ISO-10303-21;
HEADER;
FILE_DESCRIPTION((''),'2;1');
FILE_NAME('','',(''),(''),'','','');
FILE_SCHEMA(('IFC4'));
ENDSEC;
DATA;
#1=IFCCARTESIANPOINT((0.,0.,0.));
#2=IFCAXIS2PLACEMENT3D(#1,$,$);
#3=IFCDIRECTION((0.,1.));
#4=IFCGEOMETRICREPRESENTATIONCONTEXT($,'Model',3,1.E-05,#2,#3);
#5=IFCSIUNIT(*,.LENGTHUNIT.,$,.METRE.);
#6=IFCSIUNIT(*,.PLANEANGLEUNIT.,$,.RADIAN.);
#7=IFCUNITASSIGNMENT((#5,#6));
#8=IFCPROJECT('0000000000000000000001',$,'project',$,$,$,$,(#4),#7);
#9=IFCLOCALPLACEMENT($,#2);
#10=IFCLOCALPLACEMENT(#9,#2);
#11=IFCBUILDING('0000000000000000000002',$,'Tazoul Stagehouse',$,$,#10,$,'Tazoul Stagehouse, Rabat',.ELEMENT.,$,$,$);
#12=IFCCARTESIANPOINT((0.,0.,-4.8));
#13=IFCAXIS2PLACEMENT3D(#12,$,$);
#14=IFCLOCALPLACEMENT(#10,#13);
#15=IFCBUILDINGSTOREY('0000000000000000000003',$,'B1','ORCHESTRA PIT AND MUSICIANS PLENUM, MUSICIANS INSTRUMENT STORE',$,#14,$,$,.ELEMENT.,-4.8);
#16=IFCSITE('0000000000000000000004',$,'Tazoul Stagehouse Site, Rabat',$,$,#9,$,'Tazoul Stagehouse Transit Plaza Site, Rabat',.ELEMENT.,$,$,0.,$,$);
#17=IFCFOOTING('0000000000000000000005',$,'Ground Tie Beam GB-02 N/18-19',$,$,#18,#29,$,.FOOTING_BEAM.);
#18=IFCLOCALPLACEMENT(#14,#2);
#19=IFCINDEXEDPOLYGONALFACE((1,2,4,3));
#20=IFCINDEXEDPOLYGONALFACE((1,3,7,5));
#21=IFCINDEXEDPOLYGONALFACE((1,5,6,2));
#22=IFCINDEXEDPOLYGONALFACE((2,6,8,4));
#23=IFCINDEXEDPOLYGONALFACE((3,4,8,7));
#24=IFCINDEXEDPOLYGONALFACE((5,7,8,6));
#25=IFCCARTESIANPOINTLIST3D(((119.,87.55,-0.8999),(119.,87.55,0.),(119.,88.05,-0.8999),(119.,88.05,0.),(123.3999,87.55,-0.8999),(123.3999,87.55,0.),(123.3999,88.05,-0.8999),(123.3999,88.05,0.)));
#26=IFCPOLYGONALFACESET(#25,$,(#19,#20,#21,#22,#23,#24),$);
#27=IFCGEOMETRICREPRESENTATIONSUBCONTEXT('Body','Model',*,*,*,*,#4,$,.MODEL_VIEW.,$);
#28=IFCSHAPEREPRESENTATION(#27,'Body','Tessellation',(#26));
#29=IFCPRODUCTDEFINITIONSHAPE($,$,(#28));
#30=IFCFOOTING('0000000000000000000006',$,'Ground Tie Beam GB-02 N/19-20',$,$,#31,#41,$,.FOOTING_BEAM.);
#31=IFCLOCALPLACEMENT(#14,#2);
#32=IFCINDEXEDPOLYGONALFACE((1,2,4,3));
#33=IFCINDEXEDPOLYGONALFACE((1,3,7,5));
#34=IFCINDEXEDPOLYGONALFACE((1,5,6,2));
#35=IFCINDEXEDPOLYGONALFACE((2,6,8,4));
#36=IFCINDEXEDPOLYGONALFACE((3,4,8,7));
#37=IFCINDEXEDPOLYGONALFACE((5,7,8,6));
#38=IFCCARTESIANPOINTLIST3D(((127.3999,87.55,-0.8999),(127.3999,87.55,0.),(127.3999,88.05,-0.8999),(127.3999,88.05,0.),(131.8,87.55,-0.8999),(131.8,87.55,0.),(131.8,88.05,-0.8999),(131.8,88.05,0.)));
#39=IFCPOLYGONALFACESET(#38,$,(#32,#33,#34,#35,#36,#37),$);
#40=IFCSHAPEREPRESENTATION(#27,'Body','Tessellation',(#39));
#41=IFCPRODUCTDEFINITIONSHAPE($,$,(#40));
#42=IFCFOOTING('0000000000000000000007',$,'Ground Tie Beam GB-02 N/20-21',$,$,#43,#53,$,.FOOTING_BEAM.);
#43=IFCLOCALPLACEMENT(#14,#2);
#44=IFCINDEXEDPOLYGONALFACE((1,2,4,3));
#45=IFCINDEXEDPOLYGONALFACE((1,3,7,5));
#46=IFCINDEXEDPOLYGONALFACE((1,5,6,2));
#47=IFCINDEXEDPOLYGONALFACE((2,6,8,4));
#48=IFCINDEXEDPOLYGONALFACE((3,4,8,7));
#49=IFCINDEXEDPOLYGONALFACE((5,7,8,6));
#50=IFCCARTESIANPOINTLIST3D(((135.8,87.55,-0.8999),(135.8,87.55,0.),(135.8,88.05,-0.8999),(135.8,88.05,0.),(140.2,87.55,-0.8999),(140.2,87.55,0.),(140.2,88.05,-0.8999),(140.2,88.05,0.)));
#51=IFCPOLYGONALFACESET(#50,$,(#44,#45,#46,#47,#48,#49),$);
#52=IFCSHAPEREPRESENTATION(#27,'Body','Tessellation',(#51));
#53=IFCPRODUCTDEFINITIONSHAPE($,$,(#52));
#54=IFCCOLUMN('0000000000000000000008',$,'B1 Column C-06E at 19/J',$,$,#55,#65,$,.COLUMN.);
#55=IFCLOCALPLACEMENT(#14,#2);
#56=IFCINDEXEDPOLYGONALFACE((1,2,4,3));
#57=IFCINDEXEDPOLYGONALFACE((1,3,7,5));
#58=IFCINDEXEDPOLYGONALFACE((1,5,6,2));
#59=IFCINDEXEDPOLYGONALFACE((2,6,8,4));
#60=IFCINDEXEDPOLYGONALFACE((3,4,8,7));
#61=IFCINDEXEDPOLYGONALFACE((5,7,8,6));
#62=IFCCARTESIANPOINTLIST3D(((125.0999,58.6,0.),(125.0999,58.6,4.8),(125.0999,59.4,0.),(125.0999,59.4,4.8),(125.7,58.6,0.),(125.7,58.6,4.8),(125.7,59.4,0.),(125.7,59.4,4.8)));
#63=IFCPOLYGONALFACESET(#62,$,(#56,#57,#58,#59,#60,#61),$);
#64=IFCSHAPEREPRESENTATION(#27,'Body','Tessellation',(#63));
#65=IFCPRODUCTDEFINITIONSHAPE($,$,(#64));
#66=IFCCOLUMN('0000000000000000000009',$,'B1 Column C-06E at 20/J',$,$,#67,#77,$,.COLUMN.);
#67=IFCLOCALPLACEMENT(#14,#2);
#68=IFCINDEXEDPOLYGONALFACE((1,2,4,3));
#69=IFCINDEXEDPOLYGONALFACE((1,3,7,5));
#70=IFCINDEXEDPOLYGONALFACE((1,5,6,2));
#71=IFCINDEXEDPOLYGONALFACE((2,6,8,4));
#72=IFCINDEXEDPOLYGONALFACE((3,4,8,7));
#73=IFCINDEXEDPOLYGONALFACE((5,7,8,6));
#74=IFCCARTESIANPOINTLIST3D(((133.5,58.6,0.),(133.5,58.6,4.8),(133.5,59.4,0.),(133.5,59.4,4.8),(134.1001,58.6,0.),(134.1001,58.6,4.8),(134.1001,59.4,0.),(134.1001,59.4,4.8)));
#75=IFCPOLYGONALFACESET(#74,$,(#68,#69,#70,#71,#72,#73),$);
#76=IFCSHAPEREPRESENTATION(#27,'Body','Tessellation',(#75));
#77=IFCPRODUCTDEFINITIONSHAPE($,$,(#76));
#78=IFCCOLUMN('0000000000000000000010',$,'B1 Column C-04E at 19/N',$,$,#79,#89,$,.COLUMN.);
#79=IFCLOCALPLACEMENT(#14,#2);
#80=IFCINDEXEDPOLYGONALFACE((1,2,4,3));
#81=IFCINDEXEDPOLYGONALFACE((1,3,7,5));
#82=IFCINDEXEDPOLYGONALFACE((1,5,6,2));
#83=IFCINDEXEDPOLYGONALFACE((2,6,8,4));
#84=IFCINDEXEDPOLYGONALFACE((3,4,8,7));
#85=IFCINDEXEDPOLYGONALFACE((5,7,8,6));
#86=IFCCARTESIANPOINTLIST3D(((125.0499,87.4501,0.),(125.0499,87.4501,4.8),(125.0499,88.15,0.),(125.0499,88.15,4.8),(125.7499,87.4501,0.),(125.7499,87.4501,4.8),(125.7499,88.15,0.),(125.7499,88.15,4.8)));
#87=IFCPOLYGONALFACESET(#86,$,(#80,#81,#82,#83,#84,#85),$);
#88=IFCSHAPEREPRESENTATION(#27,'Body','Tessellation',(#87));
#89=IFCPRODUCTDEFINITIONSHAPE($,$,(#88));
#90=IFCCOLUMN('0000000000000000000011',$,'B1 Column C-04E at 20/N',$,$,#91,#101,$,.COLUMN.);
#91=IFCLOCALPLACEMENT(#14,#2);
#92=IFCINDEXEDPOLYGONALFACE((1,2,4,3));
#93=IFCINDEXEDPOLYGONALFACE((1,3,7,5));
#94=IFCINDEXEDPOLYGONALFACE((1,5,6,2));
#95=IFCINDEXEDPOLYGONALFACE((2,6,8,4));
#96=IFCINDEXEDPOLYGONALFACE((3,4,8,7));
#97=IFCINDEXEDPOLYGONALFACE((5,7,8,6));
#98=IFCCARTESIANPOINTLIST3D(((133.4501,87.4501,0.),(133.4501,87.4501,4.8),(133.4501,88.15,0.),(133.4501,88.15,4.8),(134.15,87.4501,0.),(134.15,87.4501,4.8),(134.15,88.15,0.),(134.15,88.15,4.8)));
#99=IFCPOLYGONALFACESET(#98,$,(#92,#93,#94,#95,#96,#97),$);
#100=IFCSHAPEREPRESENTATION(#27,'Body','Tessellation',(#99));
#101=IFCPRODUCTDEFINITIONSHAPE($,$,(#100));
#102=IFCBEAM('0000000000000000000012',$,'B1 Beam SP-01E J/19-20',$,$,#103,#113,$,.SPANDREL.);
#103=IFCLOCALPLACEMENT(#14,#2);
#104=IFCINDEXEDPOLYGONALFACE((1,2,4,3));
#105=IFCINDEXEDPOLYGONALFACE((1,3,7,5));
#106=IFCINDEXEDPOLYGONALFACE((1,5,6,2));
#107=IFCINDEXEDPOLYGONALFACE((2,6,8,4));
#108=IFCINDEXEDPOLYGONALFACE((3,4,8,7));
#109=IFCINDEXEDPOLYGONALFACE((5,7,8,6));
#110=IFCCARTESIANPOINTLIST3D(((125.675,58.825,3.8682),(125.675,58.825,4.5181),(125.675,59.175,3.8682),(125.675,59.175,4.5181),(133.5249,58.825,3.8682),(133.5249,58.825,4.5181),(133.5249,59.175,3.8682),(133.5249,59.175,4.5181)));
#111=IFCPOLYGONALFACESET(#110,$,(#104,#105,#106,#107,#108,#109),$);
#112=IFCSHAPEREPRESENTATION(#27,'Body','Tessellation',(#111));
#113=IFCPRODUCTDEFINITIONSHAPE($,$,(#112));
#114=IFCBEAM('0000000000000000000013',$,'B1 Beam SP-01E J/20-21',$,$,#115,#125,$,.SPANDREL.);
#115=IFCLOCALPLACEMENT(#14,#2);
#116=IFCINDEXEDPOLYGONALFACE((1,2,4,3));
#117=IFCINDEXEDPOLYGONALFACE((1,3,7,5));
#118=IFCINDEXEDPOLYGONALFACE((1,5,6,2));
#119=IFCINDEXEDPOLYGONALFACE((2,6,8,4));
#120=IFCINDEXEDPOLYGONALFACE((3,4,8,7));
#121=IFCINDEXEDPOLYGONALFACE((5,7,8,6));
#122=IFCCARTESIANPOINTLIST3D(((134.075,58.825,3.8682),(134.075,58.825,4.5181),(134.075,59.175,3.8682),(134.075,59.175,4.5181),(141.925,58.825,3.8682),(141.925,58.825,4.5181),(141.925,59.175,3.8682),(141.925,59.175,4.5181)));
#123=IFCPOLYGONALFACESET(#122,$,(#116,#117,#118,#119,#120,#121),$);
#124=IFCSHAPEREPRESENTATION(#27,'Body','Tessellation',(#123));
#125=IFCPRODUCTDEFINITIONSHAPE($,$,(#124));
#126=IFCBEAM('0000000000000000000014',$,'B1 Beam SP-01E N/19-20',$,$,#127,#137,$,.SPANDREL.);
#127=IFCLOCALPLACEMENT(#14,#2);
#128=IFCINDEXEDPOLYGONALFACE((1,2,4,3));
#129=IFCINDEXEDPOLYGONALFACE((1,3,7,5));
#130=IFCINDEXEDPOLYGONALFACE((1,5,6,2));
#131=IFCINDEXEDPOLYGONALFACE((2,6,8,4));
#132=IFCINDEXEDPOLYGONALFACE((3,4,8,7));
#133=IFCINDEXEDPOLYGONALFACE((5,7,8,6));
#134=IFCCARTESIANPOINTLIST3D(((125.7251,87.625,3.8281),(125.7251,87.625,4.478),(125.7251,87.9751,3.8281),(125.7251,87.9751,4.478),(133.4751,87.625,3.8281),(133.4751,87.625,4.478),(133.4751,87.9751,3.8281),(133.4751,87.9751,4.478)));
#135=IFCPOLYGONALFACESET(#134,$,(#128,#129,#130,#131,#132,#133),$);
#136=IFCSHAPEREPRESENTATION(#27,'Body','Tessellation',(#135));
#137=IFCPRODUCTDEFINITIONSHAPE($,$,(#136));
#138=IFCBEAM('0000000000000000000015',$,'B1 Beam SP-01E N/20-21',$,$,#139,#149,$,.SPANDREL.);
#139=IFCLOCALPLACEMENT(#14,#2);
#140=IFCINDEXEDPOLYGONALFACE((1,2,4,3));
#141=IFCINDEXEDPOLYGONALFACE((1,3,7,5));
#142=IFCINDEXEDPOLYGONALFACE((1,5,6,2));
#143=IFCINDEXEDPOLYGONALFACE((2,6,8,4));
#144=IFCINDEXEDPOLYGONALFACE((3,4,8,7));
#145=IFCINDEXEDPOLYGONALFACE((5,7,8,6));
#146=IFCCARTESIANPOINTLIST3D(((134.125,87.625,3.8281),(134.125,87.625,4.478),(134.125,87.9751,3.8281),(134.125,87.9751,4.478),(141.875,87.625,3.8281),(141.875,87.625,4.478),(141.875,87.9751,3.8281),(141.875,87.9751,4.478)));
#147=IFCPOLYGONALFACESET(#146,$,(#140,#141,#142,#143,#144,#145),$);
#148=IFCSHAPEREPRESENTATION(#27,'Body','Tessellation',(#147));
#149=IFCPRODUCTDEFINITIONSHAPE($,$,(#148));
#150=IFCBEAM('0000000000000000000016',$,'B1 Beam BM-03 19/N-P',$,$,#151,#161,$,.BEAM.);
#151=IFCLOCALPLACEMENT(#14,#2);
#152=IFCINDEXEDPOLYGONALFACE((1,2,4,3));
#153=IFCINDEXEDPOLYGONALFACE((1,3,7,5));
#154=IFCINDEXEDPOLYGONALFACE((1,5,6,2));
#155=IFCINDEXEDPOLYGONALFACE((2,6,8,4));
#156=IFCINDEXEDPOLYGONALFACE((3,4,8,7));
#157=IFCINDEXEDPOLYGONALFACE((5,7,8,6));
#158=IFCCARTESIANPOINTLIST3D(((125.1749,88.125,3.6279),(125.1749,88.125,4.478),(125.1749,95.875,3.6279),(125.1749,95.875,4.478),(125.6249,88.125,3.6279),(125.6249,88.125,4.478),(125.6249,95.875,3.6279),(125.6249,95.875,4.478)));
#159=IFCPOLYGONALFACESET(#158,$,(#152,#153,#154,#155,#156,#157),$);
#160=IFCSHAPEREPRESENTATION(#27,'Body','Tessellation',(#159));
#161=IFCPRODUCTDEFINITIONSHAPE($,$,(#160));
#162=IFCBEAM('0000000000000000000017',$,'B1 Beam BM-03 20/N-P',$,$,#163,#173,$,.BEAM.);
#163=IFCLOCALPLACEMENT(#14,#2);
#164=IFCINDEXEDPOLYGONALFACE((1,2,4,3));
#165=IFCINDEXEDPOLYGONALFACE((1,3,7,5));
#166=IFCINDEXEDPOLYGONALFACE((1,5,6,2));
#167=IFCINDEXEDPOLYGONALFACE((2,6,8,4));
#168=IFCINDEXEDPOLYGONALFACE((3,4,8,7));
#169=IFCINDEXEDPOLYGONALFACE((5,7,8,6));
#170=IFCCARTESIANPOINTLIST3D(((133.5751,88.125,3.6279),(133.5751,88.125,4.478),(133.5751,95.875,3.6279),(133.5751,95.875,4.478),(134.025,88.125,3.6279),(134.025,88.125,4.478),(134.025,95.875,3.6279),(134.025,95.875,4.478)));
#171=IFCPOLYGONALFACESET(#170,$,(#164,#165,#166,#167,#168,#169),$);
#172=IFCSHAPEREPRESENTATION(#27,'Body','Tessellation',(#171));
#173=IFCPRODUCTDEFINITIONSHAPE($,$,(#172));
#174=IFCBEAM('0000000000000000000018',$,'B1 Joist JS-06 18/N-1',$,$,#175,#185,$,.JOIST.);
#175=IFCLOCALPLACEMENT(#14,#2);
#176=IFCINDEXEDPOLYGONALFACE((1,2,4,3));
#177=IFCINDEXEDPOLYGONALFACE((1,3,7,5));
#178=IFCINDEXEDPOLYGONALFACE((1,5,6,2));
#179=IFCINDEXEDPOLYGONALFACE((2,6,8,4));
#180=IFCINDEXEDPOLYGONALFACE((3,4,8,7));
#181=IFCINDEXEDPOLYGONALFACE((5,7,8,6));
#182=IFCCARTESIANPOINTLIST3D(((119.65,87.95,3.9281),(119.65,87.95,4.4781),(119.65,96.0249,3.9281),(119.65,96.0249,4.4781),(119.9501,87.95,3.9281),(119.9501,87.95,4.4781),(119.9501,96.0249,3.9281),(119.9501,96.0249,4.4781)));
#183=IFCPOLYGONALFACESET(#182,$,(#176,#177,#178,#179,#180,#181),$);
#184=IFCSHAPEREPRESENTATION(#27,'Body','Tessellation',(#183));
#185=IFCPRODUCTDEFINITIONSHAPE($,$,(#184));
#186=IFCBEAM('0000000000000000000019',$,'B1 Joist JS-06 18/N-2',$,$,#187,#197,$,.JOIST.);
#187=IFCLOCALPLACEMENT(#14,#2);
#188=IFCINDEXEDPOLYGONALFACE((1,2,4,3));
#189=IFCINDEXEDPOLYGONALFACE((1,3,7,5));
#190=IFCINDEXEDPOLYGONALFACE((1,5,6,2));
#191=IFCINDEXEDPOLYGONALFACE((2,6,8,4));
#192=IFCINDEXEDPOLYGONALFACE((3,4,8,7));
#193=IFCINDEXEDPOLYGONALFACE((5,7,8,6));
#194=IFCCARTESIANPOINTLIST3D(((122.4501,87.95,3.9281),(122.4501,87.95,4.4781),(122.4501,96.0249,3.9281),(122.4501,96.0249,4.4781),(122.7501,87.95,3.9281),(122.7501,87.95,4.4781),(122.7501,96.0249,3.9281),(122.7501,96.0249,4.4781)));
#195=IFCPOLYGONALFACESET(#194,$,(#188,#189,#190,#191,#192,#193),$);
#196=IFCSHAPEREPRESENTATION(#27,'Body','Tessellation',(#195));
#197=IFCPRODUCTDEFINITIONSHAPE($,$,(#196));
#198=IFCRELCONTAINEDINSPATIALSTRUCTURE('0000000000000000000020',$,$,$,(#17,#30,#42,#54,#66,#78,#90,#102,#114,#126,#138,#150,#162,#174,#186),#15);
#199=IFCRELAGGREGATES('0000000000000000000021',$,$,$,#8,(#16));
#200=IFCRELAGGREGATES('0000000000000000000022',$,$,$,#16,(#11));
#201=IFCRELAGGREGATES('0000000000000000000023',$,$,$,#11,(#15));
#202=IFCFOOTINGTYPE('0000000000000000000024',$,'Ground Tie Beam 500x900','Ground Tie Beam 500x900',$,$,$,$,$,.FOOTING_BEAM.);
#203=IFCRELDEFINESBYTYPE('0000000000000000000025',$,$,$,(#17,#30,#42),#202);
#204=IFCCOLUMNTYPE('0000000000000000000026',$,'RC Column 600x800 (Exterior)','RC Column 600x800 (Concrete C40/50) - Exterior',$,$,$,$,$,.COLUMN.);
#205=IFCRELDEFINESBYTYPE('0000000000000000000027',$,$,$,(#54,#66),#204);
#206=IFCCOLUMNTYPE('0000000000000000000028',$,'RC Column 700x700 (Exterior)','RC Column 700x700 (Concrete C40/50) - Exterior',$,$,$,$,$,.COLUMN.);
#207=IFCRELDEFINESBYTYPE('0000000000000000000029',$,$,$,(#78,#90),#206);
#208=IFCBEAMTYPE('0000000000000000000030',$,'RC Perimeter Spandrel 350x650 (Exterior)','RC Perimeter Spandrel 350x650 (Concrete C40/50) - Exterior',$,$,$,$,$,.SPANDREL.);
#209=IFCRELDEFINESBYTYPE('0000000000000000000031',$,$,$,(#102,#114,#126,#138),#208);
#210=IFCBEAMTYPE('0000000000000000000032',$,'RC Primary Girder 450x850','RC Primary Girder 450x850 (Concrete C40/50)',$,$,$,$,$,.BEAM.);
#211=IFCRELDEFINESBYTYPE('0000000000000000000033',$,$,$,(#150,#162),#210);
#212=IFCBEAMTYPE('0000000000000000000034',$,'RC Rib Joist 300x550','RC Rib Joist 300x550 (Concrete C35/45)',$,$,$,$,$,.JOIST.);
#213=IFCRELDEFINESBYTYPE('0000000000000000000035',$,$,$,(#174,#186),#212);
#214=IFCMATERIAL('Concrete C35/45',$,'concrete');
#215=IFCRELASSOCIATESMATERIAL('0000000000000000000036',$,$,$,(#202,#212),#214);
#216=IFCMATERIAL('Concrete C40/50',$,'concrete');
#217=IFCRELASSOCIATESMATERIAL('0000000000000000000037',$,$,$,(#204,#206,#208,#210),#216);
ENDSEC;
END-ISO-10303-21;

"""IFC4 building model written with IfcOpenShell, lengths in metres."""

from ifc_helpers import new_model, si_unit, direction, frame, origin, origin_2d, place, context, subcontext, project, spatial, rectangle, extrude, material, material_profile, profile_set, type_object, element, save


model = new_model("IFC4")

# Units and contexts
model_context = context("Model", 3, precision=1e-05, world=origin(), true_north=direction((0.0, 1.0)))
body_context = subcontext(model_context, "Body", "Model", "MODEL_VIEW")
ifc_project = project(units=[si_unit("LENGTHUNIT", "METRE"), si_unit("PLANEANGLEUNIT", "RADIAN")], contexts=[model_context])

# Site, building, storey
site_placement = place(None, origin())
site = spatial("IfcSite", under=ifc_project, at=site_placement, Name="Tazoul Stagehouse Site, Rabat", LongName="Tazoul Stagehouse Transit Plaza Site, Rabat", CompositionType="ELEMENT", RefElevation=0.0)
building_placement = place(site_placement, origin())
building = spatial("IfcBuilding", under=site, at=building_placement, Name="Tazoul Stagehouse", LongName="Tazoul Stagehouse, Rabat", CompositionType="ELEMENT")
storey_placement = place(building_placement, frame((0.0, 0.0, -4.8)))
storey = spatial("IfcBuildingStorey", under=building, at=storey_placement, Name="B1", Description="ORCHESTRA PIT AND MUSICIANS PLENUM, MUSICIANS INSTRUMENT STORE", CompositionType="ELEMENT", Elevation=-4.8)

# Shared definitions
ifc_material_1 = material(Name="Concrete C35/45", Category="concrete")

# Footings
ifc_material_profile_1 = material_profile(ifc_material_1, rectangle(XDim=0.5, YDim=0.8999, at=origin_2d()), Name="RC 500x900")
ifc_profile_set_1 = profile_set([ifc_material_profile_1], Name="Concrete C35/45")
footing_type_1 = type_object("IfcFootingType", Name="Ground Tie Beam 500x900", Description="Ground Tie Beam 500x900", PredefinedType="FOOTING_BEAM", material=ifc_profile_set_1)
footing_1_placement = place(storey_placement, frame((119.0, 87.8, -0.45), z_axis=(1.0, 0.0, 0.0), x_axis=(0.0, 1.0, 0.0)))
element("IfcFooting", 1, at=footing_1_placement, inside=storey, type_object=footing_type_1, Name="Ground Tie Beam GB-02 N/18-19", PredefinedType="FOOTING_BEAM", context=body_context, shape_type="SweptSolid", body=[
    extrude(rectangle(XDim=0.5, YDim=0.8999, at=origin_2d()), origin(), (0.0, 0.0, 1.0), 4.3999),
])
footing_2_placement = place(storey_placement, frame((127.3999, 87.8, -0.45), z_axis=(1.0, 0.0, 0.0), x_axis=(0.0, 1.0, 0.0)))
element("IfcFooting", 2, at=footing_2_placement, inside=storey, type_object=footing_type_1, Name="Ground Tie Beam GB-02 N/19-20", PredefinedType="FOOTING_BEAM", context=body_context, shape_type="SweptSolid", body=[
    extrude(rectangle(XDim=0.5, YDim=0.8999, at=origin_2d()), origin(), (0.0, 0.0, 1.0), 4.4001),
])
footing_3_placement = place(storey_placement, frame((135.8, 87.8, -0.45), z_axis=(1.0, 0.0, 0.0), x_axis=(0.0, 1.0, 0.0)))
element("IfcFooting", 3, at=footing_3_placement, inside=storey, type_object=footing_type_1, Name="Ground Tie Beam GB-02 N/20-21", PredefinedType="FOOTING_BEAM", context=body_context, shape_type="SweptSolid", body=[
    extrude(rectangle(XDim=0.5, YDim=0.8999, at=origin_2d()), origin(), (0.0, 0.0, 1.0), 4.3999),
])

# Columns
ifc_material_2 = material(Name="Concrete C40/50", Category="concrete")
ifc_material_profile_2 = material_profile(ifc_material_2, rectangle(XDim=0.6001, YDim=0.8, at=origin_2d()), Name="RC 600x800")
ifc_profile_set_2 = profile_set([ifc_material_profile_2], Name="Concrete C40/50")
column_type_1 = type_object("IfcColumnType", Name="RC Column 600x800 (Exterior)", Description="RC Column 600x800 (Concrete C40/50) - Exterior", PredefinedType="COLUMN", material=ifc_profile_set_2)
for number, where, z_axis, x_axis, name in (
    (4, (125.3999, 59.0, 0.0), (0.0, 0.0, 1.0), (1.0, 0.0, 0.0), "B1 Column C-06E at 19/J"),
    (5, (133.8, 59.0, 0.0), (0.0, 0.0, 1.0), (1.0, 0.0, 0.0), "B1 Column C-06E at 20/J"),
):
    element("IfcColumn", number, at=place(storey_placement, frame(where, z_axis=z_axis, x_axis=x_axis)), inside=storey, type_object=column_type_1, Name=name, PredefinedType="COLUMN", context=body_context, shape_type="SweptSolid", body=[
        extrude(rectangle(XDim=0.6001, YDim=0.8, at=origin_2d()), origin(), (0.0, 0.0, 1.0), 4.8),
    ])
ifc_material_profile_3 = material_profile(ifc_material_2, rectangle(XDim=0.7, YDim=0.7, at=origin_2d()), Name="RC 700x700")
ifc_profile_set_3 = profile_set([ifc_material_profile_3], Name="Concrete C40/50")
column_type_2 = type_object("IfcColumnType", Name="RC Column 700x700 (Exterior)", Description="RC Column 700x700 (Concrete C40/50) - Exterior", PredefinedType="COLUMN", material=ifc_profile_set_3)
for number, where, z_axis, x_axis, name in (
    (6, (125.3999, 87.8, 0.0), (0.0, 0.0, 1.0), (1.0, 0.0, 0.0), "B1 Column C-04E at 19/N"),
    (7, (133.8, 87.8, 0.0), (0.0, 0.0, 1.0), (1.0, 0.0, 0.0), "B1 Column C-04E at 20/N"),
):
    element("IfcColumn", number, at=place(storey_placement, frame(where, z_axis=z_axis, x_axis=x_axis)), inside=storey, type_object=column_type_2, Name=name, PredefinedType="COLUMN", context=body_context, shape_type="SweptSolid", body=[
        extrude(rectangle(XDim=0.7, YDim=0.7, at=origin_2d()), origin(), (0.0, 0.0, 1.0), 4.8),
    ])

# Beams
ifc_material_profile_4 = material_profile(ifc_material_2, rectangle(XDim=0.3501, YDim=0.6499, at=origin_2d()), Name="RC 350x650")
ifc_profile_set_4 = profile_set([ifc_material_profile_4], Name="Concrete C40/50")
beam_type_1 = type_object("IfcBeamType", Name="RC Perimeter Spandrel 350x650 (Exterior)", Description="RC Perimeter Spandrel 350x650 (Concrete C40/50) - Exterior", PredefinedType="SPANDREL", material=ifc_profile_set_4)
beam_1_placement = place(storey_placement, frame((125.675, 59.0, 4.1931), z_axis=(1.0, 0.0, 0.0), x_axis=(0.0, 1.0, 0.0)))
element("IfcBeam", 8, at=beam_1_placement, inside=storey, type_object=beam_type_1, Name="B1 Beam SP-01E J/19-20", PredefinedType="SPANDREL", context=body_context, shape_type="SweptSolid", body=[
    extrude(rectangle(XDim=0.3501, YDim=0.6499, at=origin_2d()), origin(), (0.0, 0.0, 1.0), 7.8499),
])
beam_2_placement = place(storey_placement, frame((134.075, 59.0, 4.1931), z_axis=(1.0, 0.0, 0.0), x_axis=(0.0, 1.0, 0.0)))
element("IfcBeam", 9, at=beam_2_placement, inside=storey, type_object=beam_type_1, Name="B1 Beam SP-01E J/20-21", PredefinedType="SPANDREL", context=body_context, shape_type="SweptSolid", body=[
    extrude(rectangle(XDim=0.3501, YDim=0.6499, at=origin_2d()), origin(), (0.0, 0.0, 1.0), 7.8501),
])
for number, where, z_axis, x_axis, name in (
    (10, (125.7251, 87.8, 4.1531), (1.0, 0.0, 0.0), (0.0, 1.0, 0.0), "B1 Beam SP-01E N/19-20"),
    (11, (134.125, 87.8, 4.1531), (1.0, 0.0, 0.0), (0.0, 1.0, 0.0), "B1 Beam SP-01E N/20-21"),
):
    element("IfcBeam", number, at=place(storey_placement, frame(where, z_axis=z_axis, x_axis=x_axis)), inside=storey, type_object=beam_type_1, Name=name, PredefinedType="SPANDREL", context=body_context, shape_type="SweptSolid", body=[
        extrude(rectangle(XDim=0.3501, YDim=0.6499, at=origin_2d()), origin(), (0.0, 0.0, 1.0), 7.75),
    ])
ifc_material_profile_5 = material_profile(ifc_material_2, rectangle(XDim=0.45, YDim=0.8501, at=origin_2d()), Name="RC 450x850")
ifc_profile_set_5 = profile_set([ifc_material_profile_5], Name="Concrete C40/50")
beam_type_2 = type_object("IfcBeamType", Name="RC Primary Girder 450x850", Description="RC Primary Girder 450x850 (Concrete C40/50)", PredefinedType="BEAM", material=ifc_profile_set_5)
for number, where, z_axis, x_axis, name in (
    (12, (125.3999, 88.125, 4.053), (0.0, 1.0, 0.0), (-1.0, 0.0, 0.0), "B1 Beam BM-03 19/N-P"),
    (13, (133.8, 88.125, 4.053), (0.0, 1.0, 0.0), (-1.0, 0.0, 0.0), "B1 Beam BM-03 20/N-P"),
):
    element("IfcBeam", number, at=place(storey_placement, frame(where, z_axis=z_axis, x_axis=x_axis)), inside=storey, type_object=beam_type_2, Name=name, PredefinedType="BEAM", context=body_context, shape_type="SweptSolid", body=[
        extrude(rectangle(XDim=0.45, YDim=0.8501, at=origin_2d()), origin(), (0.0, 0.0, 1.0), 7.75),
    ])
ifc_material_profile_6 = material_profile(ifc_material_1, rectangle(XDim=0.3, YDim=0.55, at=origin_2d()), Name="RC 300x550")
ifc_profile_set_6 = profile_set([ifc_material_profile_6], Name="Concrete C35/45")
beam_type_3 = type_object("IfcBeamType", Name="RC Rib Joist 300x550", Description="RC Rib Joist 300x550 (Concrete C35/45)", PredefinedType="JOIST", material=ifc_profile_set_6)
for number, where, z_axis, x_axis, name in (
    (14, (119.8, 87.95, 4.2031), (0.0, 1.0, 0.0), (-1.0, 0.0, 0.0), "B1 Joist JS-06 18/N-1"),
    (15, (122.6001, 87.95, 4.2031), (0.0, 1.0, 0.0), (-1.0, 0.0, 0.0), "B1 Joist JS-06 18/N-2"),
):
    element("IfcBeam", number, at=place(storey_placement, frame(where, z_axis=z_axis, x_axis=x_axis)), inside=storey, type_object=beam_type_3, Name=name, PredefinedType="JOIST", context=body_context, shape_type="SweptSolid", body=[
        extrude(rectangle(XDim=0.3, YDim=0.55, at=origin_2d()), origin(), (0.0, 0.0, 1.0), 8.075),
    ])

save(model, "model.ifc")
